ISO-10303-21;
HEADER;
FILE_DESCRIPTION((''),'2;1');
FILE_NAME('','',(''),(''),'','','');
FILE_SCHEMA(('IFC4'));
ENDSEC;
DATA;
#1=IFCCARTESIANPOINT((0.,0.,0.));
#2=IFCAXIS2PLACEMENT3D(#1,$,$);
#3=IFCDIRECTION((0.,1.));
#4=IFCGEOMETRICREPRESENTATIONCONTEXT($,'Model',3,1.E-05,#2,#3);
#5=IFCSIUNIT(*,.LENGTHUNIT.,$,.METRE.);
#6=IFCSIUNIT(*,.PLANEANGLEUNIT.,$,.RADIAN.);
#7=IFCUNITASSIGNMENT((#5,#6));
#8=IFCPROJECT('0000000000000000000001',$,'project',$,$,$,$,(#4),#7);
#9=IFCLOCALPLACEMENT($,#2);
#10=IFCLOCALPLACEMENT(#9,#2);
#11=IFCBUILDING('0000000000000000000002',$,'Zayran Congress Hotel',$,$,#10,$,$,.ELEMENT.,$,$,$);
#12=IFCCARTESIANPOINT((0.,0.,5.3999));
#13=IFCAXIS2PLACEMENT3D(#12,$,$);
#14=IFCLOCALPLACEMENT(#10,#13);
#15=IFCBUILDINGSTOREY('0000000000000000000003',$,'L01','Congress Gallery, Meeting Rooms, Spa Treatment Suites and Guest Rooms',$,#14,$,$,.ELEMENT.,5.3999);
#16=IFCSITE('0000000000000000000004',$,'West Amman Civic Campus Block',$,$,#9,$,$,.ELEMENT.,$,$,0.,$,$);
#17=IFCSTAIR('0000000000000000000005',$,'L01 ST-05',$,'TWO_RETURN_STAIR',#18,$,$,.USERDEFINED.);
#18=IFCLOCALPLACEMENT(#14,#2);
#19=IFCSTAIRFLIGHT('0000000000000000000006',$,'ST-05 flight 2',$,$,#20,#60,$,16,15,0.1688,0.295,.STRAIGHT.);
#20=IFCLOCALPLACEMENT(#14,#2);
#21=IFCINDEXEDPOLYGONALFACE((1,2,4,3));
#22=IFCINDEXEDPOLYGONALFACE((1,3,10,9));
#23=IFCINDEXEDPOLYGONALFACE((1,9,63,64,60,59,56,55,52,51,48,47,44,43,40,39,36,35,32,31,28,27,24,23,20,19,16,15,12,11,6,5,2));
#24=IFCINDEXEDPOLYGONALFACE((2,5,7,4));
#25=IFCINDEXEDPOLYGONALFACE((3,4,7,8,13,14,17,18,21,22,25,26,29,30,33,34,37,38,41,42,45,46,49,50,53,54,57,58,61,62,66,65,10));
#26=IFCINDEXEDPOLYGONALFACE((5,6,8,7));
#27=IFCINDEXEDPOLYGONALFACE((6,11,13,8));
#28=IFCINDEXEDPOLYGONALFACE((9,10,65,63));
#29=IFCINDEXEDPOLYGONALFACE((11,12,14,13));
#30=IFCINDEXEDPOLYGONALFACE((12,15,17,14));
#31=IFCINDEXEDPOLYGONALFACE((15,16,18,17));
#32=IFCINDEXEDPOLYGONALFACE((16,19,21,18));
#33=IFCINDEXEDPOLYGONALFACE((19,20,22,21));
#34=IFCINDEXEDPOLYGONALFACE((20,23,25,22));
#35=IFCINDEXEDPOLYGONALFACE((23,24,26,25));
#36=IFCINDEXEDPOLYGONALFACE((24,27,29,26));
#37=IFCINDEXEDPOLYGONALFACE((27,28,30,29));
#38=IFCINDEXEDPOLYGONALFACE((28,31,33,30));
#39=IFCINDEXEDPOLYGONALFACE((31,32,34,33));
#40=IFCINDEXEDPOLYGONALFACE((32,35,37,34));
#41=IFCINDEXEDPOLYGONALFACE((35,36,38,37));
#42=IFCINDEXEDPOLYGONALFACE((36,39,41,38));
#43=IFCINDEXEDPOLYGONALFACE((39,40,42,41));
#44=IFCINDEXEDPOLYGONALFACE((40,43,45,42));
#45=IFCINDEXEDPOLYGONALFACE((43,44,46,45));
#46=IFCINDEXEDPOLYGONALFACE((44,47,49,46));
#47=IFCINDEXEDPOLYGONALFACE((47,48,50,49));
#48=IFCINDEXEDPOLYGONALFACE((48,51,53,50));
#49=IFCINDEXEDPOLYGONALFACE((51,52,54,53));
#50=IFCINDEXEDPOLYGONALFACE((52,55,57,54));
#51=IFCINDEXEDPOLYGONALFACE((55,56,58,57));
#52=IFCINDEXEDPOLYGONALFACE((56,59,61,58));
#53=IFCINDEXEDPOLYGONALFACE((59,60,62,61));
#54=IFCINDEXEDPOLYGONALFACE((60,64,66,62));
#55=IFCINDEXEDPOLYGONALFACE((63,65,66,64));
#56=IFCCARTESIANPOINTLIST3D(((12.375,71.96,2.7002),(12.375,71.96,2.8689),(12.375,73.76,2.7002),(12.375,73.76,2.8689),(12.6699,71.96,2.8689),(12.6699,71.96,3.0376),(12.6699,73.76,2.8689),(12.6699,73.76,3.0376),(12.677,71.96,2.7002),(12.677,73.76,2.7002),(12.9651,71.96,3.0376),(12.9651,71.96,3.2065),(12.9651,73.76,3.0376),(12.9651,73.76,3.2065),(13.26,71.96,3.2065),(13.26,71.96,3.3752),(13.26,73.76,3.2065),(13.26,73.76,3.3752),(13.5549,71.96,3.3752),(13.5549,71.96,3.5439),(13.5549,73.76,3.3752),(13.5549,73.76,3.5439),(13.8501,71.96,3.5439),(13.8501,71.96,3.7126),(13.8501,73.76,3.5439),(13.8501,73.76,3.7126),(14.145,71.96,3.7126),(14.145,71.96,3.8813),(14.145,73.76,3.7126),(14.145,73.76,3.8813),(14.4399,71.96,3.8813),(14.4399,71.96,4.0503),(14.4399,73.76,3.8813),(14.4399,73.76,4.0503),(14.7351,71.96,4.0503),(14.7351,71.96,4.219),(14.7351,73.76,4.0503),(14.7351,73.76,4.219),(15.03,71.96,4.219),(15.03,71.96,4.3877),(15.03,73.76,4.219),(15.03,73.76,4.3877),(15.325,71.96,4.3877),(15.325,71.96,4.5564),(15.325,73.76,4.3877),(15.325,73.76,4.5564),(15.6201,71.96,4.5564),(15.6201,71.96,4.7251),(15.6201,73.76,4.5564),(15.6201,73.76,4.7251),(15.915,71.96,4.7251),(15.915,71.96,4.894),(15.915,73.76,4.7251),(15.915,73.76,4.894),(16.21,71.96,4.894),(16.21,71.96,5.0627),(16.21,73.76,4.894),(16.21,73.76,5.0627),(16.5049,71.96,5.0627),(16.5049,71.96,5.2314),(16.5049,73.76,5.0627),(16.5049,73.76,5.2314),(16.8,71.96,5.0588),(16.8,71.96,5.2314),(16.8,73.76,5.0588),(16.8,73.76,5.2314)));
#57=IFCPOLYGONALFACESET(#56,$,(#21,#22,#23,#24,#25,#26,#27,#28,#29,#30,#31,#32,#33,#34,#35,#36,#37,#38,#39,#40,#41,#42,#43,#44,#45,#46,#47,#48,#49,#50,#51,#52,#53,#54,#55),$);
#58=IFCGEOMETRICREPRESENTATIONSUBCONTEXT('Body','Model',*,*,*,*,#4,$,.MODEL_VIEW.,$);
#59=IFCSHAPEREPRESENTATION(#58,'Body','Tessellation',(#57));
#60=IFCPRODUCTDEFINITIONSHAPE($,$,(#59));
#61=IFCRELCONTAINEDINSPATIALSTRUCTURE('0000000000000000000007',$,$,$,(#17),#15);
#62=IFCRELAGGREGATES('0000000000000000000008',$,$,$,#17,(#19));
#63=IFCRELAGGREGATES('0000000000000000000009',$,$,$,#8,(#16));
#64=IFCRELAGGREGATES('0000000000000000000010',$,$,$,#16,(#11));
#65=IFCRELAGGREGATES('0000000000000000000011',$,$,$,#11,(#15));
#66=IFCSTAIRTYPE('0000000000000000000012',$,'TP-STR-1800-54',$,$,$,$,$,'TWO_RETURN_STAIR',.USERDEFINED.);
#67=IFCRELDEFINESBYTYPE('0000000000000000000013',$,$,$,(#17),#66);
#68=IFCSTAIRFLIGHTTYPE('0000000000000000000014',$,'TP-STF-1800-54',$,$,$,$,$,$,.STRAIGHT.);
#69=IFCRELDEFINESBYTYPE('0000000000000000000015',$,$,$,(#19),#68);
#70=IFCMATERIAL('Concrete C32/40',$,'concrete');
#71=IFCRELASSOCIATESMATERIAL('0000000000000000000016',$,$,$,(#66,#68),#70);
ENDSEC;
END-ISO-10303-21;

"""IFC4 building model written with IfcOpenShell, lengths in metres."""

from ifc_helpers import new_model, si_unit, direction, frame, origin, place, context, subcontext, project, spatial, polyline, outline, extrude, material, type_object, element, aggregate, save


model = new_model("IFC4")

# Units and contexts
model_context = context("Model", 3, precision=1e-05, world=origin(), true_north=direction((0.0, 1.0)))
body_context = subcontext(model_context, "Body", "Model", "MODEL_VIEW")
ifc_project = project(units=[si_unit("LENGTHUNIT", "METRE"), si_unit("PLANEANGLEUNIT", "RADIAN")], contexts=[model_context])

# Site, building, storey
site_placement = place(None, origin())
site = spatial("IfcSite", under=ifc_project, at=site_placement, Name="West Amman Civic Campus Block", CompositionType="ELEMENT", RefElevation=0.0)
building_placement = place(site_placement, origin())
building = spatial("IfcBuilding", under=site, at=building_placement, Name="Zayran Congress Hotel", CompositionType="ELEMENT")
storey_placement = place(building_placement, frame((0.0, 0.0, 5.3999)))
storey = spatial("IfcBuildingStorey", under=building, at=storey_placement, Name="L01", Description="Congress Gallery, Meeting Rooms, Spa Treatment Suites and Guest Rooms", CompositionType="ELEMENT", Elevation=5.3999)

# Stair, stair flight
ifc_material_1 = material(Name="Concrete C32/40", Category="concrete")
stair_type = type_object("IfcStairType", Name="TP-STR-1800-54", ElementType="TWO_RETURN_STAIR", PredefinedType="USERDEFINED", material=ifc_material_1)
stair_placement = place(storey_placement, origin())
stair = element("IfcStair", 1, at=stair_placement, inside=storey, type_object=stair_type, Name="L01 ST-05", ObjectType="TWO_RETURN_STAIR", PredefinedType="USERDEFINED")
stair_flight_type = type_object("IfcStairFlightType", Name="TP-STF-1800-54", PredefinedType="STRAIGHT", material=ifc_material_1)
stair_flight_1_placement = place(storey_placement, frame((12.375, 72.8601, 2.7002), z_axis=(0.0, 0.0, 1.0), x_axis=(1.0, 0.0, 0.0)))
stair_flight_1 = element("IfcStairFlight", 2, at=stair_flight_1_placement, type_object=stair_flight_type, Name="ST-05 flight 2", NumberOfRisers=16, NumberOfTreads=15, PredefinedType="STRAIGHT", RiserHeight=0.1688, TreadLength=0.295, context=body_context, shape_type="SweptSolid", body=[
    extrude(outline(polyline([(0.0, 0.0), (0.0, 0.1687), (0.2949, 0.1687), (0.2949, 0.3374), (0.5901, 0.3374), (0.5901, 0.5063), (0.885, 0.5063), (0.885, 0.675), (1.1799, 0.675), (1.1799, 0.8438), (1.4751, 0.8438), (1.4751, 1.0125), (1.77, 1.0125), (1.77, 1.1812), (2.0649, 1.1812), (2.0649, 1.3501), (2.3601, 1.3501), (2.3601, 1.5188), (2.655, 1.5188), (2.655, 1.6875), (2.95, 1.6875), (2.95, 1.8562), (3.2451, 1.8562), (3.2451, 2.0249), (3.54, 2.0249), (3.54, 2.1938), (3.835, 2.1938), (3.835, 2.3625), (4.1299, 2.3625), (4.1299, 2.5312), (4.425, 2.5312), (4.425, 2.7), (4.425, 2.3586), (0.302, 0.0), (0.0, 0.0)])), frame((0.0, 0.8999, 0.0), z_axis=(0.0, -1.0, 0.0), x_axis=(1.0, 0.0, 0.0)), (0.0, 0.0, 1.0), 1.8),
])
aggregate(stair, [stair_flight_1])

save(model, "model.ifc")
